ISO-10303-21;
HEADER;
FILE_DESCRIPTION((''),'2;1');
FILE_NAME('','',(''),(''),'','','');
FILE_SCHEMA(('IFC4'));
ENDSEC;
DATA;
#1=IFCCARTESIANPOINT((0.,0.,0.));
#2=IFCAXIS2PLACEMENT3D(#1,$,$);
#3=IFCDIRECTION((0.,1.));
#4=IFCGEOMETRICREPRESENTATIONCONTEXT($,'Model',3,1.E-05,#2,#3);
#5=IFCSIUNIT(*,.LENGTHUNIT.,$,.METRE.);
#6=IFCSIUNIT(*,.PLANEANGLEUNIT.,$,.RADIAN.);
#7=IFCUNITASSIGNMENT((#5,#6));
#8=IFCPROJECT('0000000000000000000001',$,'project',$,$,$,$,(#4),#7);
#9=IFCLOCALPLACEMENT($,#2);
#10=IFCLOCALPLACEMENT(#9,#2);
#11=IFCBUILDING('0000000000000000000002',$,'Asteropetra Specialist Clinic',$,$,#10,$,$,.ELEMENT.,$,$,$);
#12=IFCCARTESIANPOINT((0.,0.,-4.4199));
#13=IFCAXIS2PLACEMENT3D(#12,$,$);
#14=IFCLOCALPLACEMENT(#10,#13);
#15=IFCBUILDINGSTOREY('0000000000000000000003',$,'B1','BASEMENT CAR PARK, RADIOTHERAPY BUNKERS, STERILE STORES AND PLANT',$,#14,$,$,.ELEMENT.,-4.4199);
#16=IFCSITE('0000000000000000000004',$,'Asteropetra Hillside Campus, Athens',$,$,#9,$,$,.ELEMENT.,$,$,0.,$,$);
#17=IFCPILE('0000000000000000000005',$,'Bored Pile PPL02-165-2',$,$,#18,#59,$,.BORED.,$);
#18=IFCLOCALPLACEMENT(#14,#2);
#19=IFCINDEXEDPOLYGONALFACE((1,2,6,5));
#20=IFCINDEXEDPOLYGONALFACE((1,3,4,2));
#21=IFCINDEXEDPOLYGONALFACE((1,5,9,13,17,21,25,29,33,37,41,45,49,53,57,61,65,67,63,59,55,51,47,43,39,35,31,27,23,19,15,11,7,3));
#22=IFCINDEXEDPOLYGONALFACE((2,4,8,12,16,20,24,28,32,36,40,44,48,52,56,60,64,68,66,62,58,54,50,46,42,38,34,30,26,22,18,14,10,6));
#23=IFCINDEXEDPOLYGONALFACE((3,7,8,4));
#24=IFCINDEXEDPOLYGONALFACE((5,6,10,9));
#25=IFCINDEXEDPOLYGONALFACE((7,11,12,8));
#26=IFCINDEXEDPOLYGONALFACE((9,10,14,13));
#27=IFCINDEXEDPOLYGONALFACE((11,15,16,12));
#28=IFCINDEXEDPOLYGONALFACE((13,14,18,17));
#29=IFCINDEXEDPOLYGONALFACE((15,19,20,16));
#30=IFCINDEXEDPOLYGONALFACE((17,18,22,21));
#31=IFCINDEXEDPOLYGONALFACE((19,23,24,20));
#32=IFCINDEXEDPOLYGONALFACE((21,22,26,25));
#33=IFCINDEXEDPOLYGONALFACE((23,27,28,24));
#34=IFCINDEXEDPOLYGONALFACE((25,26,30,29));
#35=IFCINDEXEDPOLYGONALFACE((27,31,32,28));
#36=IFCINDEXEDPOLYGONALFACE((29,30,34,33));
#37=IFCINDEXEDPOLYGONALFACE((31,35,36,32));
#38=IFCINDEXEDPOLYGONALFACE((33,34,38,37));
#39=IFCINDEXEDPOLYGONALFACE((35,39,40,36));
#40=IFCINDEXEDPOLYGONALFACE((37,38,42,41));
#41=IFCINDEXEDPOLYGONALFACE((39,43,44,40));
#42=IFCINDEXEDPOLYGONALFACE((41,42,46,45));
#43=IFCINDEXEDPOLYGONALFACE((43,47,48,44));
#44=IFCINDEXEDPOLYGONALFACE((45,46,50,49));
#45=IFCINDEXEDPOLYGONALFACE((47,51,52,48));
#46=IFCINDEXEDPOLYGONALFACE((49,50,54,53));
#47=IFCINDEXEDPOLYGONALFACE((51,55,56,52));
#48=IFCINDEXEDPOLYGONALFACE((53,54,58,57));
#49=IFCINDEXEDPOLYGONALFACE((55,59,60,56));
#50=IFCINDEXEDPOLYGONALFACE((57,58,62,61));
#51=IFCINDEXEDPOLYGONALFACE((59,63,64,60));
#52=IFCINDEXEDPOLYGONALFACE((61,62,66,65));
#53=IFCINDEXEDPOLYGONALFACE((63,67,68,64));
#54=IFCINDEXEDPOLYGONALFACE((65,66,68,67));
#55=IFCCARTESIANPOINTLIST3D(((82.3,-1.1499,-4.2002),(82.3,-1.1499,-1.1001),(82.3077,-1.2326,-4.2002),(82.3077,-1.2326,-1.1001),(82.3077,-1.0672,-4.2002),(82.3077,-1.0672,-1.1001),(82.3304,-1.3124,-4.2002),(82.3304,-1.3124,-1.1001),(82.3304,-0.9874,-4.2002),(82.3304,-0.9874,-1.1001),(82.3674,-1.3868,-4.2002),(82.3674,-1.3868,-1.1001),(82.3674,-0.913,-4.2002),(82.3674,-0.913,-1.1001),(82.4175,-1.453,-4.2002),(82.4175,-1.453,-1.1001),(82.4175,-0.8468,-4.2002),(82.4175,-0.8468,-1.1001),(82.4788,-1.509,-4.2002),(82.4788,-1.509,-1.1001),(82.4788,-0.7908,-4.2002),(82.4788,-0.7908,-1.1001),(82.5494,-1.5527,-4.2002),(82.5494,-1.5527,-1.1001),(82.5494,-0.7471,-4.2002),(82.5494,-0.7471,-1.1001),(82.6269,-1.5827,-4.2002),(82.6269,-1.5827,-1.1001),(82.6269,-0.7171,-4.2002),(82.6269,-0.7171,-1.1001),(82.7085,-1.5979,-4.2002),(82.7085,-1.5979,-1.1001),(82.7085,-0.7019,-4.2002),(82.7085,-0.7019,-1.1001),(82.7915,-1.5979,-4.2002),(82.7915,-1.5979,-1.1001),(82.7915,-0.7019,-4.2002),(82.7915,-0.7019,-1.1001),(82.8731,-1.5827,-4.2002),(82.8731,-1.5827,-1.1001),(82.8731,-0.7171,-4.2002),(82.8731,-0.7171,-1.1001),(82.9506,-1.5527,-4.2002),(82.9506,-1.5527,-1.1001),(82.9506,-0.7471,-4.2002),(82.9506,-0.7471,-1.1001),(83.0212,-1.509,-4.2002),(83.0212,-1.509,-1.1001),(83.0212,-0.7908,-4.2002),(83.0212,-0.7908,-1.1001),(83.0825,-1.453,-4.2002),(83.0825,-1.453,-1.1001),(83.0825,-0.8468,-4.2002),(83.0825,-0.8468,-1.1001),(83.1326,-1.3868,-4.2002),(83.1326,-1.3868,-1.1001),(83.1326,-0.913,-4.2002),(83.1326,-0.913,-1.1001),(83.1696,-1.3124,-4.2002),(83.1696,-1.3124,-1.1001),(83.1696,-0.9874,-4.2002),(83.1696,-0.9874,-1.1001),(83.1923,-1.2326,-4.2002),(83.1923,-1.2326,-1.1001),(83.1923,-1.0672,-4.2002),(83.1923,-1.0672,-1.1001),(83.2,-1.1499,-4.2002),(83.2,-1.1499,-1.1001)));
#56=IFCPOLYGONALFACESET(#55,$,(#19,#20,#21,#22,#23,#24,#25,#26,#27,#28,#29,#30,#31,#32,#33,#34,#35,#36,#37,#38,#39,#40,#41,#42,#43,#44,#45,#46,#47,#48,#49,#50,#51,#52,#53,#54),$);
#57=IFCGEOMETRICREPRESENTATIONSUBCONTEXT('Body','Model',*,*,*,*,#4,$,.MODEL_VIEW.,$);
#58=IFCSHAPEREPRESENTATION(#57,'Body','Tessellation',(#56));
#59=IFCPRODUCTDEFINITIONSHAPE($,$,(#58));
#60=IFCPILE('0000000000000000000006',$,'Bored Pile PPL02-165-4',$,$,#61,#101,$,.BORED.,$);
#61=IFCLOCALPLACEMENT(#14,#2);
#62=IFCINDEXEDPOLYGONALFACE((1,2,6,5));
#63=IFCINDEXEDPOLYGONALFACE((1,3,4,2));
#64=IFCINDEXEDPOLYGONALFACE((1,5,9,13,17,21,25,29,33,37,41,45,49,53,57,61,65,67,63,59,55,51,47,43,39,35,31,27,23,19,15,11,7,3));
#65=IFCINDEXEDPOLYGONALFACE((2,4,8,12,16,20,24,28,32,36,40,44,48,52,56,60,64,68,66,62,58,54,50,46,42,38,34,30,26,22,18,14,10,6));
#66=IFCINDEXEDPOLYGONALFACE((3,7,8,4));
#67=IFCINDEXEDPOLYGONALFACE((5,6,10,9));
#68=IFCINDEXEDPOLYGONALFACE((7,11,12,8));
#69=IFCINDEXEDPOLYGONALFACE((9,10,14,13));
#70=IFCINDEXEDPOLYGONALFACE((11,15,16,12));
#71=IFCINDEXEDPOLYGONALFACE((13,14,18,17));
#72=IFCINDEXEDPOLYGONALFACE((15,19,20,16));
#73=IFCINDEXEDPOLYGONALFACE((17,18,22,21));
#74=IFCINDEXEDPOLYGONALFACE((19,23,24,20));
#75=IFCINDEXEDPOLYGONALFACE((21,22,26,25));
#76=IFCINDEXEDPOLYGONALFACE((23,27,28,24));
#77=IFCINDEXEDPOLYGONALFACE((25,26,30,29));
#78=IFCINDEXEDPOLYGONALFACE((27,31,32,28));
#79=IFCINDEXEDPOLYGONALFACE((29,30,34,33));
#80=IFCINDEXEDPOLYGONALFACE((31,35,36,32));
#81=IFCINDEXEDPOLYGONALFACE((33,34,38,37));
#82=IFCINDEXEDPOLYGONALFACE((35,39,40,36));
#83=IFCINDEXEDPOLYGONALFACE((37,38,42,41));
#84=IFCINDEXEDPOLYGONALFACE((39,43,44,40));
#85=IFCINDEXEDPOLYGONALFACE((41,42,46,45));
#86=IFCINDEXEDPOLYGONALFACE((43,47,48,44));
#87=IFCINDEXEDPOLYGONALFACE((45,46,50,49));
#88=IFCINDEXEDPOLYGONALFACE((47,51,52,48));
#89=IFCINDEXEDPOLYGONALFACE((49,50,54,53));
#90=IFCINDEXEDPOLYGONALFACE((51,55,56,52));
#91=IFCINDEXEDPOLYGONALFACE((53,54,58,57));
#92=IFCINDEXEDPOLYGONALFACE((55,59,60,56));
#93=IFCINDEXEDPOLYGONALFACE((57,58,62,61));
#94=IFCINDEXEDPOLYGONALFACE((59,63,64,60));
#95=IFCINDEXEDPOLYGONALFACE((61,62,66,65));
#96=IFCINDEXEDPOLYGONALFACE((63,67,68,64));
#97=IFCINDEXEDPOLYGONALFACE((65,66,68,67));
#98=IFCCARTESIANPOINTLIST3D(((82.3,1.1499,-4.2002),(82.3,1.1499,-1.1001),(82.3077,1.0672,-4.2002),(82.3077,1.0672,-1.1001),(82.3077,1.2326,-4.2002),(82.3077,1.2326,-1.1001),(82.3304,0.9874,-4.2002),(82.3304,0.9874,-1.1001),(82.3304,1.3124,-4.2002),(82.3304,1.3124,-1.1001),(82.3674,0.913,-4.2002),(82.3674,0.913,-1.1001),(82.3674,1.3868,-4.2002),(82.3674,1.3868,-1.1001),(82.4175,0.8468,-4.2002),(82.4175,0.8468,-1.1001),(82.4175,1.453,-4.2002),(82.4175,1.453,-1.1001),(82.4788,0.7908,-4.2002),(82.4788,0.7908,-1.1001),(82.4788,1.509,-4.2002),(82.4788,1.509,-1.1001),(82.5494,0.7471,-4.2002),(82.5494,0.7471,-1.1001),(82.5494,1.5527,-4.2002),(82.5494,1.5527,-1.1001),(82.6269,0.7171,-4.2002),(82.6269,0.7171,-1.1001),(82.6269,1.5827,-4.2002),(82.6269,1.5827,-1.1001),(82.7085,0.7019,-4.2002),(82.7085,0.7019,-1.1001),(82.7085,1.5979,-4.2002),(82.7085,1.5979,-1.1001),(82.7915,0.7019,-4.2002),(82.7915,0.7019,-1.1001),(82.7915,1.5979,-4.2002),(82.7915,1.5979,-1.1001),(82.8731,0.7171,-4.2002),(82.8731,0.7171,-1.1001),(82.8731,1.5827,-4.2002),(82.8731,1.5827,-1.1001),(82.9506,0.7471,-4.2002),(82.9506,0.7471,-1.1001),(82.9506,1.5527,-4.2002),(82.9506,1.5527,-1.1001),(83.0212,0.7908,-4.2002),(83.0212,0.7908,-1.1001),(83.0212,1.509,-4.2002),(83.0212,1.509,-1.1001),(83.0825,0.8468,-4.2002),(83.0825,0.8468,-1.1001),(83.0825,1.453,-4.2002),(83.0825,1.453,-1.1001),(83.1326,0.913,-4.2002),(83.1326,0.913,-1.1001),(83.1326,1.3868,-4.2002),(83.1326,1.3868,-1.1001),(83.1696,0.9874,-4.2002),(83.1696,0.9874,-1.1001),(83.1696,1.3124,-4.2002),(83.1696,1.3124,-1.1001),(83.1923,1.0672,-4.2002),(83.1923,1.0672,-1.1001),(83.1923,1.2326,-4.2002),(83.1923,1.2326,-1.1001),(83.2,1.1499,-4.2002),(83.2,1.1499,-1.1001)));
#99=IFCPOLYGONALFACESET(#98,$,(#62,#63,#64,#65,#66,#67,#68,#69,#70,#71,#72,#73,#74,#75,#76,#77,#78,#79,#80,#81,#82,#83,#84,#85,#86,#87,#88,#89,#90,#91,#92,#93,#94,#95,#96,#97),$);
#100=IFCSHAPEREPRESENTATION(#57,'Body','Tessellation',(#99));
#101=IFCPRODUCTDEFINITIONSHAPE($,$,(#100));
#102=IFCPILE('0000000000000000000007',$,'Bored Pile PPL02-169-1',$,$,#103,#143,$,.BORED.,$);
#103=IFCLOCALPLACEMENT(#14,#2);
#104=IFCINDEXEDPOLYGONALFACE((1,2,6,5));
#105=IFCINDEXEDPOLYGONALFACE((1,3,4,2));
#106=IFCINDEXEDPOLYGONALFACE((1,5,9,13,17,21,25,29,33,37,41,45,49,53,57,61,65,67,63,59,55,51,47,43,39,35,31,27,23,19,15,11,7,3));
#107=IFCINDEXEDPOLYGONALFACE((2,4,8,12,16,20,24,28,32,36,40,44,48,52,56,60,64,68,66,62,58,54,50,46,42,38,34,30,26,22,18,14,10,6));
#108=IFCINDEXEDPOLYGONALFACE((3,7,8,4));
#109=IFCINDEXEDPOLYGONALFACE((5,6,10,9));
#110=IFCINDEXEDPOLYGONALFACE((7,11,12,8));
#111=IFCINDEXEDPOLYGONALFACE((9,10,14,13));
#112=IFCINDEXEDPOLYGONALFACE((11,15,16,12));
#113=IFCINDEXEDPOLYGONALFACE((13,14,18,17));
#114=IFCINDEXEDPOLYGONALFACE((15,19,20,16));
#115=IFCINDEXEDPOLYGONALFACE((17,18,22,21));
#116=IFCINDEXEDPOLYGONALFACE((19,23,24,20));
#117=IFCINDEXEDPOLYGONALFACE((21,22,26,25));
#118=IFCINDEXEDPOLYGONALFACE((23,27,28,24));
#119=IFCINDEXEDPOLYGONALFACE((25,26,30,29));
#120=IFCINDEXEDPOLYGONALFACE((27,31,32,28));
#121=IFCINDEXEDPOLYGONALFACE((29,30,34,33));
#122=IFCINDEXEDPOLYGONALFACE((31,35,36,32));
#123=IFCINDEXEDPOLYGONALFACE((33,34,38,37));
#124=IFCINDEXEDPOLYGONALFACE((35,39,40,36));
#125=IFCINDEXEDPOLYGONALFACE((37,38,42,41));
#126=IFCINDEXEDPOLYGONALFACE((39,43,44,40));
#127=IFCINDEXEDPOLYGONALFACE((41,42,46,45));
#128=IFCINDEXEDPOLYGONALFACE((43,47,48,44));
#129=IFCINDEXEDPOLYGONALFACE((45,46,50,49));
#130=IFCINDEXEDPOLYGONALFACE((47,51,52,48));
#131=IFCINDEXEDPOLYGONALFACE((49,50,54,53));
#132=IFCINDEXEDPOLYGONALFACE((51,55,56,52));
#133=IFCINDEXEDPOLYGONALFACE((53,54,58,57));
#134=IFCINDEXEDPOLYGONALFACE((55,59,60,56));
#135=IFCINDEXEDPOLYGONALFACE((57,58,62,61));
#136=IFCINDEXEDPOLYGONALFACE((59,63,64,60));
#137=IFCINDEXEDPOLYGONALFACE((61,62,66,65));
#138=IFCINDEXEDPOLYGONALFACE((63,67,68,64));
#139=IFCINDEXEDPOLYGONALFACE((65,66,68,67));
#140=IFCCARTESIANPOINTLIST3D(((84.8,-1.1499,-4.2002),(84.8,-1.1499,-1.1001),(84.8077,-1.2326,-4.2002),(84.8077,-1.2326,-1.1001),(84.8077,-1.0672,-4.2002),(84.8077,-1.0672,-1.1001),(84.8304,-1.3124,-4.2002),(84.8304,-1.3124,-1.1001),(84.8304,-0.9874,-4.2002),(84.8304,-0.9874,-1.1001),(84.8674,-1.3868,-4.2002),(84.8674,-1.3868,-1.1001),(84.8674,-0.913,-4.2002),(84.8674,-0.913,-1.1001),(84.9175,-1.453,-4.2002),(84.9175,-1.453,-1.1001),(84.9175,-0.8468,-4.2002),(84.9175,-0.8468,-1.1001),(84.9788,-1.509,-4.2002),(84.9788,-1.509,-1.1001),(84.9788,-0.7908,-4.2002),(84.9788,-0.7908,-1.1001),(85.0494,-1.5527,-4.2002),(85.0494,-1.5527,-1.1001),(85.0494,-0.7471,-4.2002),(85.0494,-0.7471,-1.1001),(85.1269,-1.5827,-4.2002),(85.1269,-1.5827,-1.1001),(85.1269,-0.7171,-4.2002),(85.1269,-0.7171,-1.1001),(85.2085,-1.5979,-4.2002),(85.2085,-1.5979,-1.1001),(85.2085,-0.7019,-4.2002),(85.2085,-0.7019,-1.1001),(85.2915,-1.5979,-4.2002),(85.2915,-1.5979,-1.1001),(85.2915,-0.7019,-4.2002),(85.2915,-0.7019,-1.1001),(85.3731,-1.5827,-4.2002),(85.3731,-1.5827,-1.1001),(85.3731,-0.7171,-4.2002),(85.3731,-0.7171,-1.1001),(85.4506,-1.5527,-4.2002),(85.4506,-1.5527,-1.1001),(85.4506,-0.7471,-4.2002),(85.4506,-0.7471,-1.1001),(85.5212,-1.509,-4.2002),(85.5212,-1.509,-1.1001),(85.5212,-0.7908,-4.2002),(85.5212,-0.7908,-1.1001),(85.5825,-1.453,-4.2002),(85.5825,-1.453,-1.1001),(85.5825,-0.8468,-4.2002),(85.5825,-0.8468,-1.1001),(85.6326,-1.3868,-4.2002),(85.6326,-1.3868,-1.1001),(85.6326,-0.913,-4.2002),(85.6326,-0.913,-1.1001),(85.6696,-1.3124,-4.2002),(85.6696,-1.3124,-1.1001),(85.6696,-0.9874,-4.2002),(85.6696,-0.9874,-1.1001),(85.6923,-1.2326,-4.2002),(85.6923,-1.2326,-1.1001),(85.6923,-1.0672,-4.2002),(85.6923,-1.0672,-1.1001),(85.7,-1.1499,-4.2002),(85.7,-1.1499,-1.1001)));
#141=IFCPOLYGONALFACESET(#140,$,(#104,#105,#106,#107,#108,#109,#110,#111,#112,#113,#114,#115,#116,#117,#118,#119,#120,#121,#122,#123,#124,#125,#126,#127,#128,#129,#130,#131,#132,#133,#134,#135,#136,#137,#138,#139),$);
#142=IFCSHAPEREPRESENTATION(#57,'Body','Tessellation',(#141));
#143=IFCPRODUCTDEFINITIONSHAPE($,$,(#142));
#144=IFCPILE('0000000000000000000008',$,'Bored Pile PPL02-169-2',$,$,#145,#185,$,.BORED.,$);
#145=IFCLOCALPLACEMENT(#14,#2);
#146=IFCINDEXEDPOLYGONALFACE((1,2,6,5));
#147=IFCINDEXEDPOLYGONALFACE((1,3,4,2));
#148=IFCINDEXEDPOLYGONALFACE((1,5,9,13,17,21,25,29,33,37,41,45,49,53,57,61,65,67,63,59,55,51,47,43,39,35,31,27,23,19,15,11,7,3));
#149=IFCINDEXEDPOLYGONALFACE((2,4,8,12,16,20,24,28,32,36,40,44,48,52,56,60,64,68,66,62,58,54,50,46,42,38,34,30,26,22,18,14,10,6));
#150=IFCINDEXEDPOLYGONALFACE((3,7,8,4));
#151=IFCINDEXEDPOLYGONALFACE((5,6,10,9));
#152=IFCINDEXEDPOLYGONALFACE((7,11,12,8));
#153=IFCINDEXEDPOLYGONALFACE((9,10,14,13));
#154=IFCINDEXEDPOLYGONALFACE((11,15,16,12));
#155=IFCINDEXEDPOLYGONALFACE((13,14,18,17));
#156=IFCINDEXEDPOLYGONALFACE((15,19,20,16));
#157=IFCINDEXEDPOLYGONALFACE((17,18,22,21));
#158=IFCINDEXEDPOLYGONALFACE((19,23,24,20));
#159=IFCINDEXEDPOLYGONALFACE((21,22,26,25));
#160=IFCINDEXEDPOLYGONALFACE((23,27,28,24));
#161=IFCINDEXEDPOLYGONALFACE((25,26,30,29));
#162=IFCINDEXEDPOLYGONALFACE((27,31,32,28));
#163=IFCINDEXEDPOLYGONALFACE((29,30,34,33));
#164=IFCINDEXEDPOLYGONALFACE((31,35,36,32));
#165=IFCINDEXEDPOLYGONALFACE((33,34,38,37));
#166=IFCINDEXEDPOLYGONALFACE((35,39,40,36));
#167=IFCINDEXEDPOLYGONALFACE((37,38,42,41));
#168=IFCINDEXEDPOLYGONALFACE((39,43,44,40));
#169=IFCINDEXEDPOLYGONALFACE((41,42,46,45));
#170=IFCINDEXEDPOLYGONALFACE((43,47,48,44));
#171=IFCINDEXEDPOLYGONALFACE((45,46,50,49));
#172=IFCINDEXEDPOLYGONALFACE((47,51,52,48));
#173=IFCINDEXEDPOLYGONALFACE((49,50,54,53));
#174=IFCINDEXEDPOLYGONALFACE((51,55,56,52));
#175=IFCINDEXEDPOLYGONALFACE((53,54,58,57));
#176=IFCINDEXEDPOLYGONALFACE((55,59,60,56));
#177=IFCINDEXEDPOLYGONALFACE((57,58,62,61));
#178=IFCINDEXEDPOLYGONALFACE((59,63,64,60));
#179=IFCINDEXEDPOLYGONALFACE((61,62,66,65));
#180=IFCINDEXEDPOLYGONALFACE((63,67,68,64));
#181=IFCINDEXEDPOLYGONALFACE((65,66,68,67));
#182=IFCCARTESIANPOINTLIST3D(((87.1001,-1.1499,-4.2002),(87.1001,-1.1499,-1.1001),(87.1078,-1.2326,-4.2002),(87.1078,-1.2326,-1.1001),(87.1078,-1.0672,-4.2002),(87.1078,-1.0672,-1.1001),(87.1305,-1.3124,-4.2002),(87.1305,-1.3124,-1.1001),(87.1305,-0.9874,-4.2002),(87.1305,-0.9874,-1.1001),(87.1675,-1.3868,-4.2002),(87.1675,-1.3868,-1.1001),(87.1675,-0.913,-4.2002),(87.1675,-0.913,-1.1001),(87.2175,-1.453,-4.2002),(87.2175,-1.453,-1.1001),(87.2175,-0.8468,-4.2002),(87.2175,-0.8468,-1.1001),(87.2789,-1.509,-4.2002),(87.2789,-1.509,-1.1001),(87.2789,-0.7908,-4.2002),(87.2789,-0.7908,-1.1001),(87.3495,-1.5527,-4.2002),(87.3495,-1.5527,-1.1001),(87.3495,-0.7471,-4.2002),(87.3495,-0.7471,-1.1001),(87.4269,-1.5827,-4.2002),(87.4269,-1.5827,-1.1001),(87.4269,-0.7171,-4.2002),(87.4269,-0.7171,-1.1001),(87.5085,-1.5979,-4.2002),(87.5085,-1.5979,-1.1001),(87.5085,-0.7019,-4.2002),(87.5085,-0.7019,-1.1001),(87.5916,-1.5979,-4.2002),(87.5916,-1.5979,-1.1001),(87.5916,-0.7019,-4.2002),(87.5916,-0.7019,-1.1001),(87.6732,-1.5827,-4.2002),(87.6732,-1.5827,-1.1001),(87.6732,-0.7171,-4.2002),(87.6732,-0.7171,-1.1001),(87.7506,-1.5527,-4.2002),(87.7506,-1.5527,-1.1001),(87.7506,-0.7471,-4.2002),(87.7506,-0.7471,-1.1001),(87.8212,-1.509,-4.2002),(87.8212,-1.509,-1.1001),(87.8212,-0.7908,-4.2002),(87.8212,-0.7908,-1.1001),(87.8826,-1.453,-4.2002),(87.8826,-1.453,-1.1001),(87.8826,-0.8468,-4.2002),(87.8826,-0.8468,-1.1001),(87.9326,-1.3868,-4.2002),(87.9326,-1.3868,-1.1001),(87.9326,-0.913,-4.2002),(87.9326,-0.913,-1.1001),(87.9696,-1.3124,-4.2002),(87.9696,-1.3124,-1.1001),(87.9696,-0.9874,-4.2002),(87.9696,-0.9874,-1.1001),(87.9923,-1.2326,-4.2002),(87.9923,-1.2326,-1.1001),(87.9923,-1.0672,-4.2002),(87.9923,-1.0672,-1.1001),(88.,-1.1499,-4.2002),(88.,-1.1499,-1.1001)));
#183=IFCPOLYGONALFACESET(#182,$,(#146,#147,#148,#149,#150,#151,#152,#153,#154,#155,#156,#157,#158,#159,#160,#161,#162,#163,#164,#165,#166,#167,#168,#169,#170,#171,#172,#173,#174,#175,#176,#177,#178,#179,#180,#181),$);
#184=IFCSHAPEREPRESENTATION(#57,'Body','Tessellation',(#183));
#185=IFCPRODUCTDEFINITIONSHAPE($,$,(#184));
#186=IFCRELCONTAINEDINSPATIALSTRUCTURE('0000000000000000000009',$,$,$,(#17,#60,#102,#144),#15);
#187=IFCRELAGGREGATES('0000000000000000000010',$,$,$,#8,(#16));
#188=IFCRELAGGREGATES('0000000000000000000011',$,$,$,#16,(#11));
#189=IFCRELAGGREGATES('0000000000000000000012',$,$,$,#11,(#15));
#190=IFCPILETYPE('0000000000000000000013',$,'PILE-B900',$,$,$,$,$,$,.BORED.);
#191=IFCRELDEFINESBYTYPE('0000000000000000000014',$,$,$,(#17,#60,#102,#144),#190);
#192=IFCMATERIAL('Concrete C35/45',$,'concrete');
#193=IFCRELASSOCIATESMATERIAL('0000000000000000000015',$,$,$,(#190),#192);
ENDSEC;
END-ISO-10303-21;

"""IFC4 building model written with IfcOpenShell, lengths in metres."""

from ifc_helpers import new_model, si_unit, direction, frame, origin, origin_2d, place, context, subcontext, project, spatial, circle, extrude, material, material_profile, profile_set, type_object, element, save


model = new_model("IFC4")

# Units and contexts
model_context = context("Model", 3, precision=1e-05, world=origin(), true_north=direction((0.0, 1.0)))
body_context = subcontext(model_context, "Body", "Model", "MODEL_VIEW")
ifc_project = project(units=[si_unit("LENGTHUNIT", "METRE"), si_unit("PLANEANGLEUNIT", "RADIAN")], contexts=[model_context])

# Site, building, storey
site_placement = place(None, origin())
site = spatial("IfcSite", under=ifc_project, at=site_placement, Name="Asteropetra Hillside Campus, Athens", CompositionType="ELEMENT", RefElevation=0.0)
building_placement = place(site_placement, origin())
building = spatial("IfcBuilding", under=site, at=building_placement, Name="Asteropetra Specialist Clinic", CompositionType="ELEMENT")
storey_placement = place(building_placement, frame((0.0, 0.0, -4.4199)))
storey = spatial("IfcBuildingStorey", under=building, at=storey_placement, Name="B1", Description="BASEMENT CAR PARK, RADIOTHERAPY BUNKERS, STERILE STORES AND PLANT", CompositionType="ELEMENT", Elevation=-4.4199)

# Piles
ifc_material_1 = material(Name="Concrete C35/45", Category="concrete")
ifc_material_profile_1 = material_profile(ifc_material_1, circle(Radius=0.45, at=origin_2d()), Name="PILE D900")
ifc_profile_set_1 = profile_set([ifc_material_profile_1], Name="Concrete C35/45")
pile_type_1 = type_object("IfcPileType", Name="PILE-B900", PredefinedType="BORED", material=ifc_profile_set_1)
for number, where, z_axis, x_axis, name in (
    (1, (82.75, -1.1499, -1.1001), (0.0, 0.0, -1.0), (1.0, 0.0, 0.0), "Bored Pile PPL02-165-2"),
    (2, (82.75, 1.1499, -1.1001), (0.0, 0.0, -1.0), (1.0, 0.0, 0.0), "Bored Pile PPL02-165-4"),
    (3, (85.25, -1.1499, -1.1001), (0.0, 0.0, -1.0), (1.0, 0.0, 0.0), "Bored Pile PPL02-169-1"),
    (4, (87.55, -1.1499, -1.1001), (0.0, 0.0, -1.0), (1.0, 0.0, 0.0), "Bored Pile PPL02-169-2"),
):
    element("IfcPile", number, at=place(storey_placement, frame(where, z_axis=z_axis, x_axis=x_axis)), inside=storey, type_object=pile_type_1, Name=name, PredefinedType="BORED", context=body_context, shape_type="SweptSolid", body=[
        extrude(circle(Radius=0.45, at=origin_2d()), origin(), (0.0, 0.0, 1.0), 3.1001),
    ])

save(model, "model.ifc")
